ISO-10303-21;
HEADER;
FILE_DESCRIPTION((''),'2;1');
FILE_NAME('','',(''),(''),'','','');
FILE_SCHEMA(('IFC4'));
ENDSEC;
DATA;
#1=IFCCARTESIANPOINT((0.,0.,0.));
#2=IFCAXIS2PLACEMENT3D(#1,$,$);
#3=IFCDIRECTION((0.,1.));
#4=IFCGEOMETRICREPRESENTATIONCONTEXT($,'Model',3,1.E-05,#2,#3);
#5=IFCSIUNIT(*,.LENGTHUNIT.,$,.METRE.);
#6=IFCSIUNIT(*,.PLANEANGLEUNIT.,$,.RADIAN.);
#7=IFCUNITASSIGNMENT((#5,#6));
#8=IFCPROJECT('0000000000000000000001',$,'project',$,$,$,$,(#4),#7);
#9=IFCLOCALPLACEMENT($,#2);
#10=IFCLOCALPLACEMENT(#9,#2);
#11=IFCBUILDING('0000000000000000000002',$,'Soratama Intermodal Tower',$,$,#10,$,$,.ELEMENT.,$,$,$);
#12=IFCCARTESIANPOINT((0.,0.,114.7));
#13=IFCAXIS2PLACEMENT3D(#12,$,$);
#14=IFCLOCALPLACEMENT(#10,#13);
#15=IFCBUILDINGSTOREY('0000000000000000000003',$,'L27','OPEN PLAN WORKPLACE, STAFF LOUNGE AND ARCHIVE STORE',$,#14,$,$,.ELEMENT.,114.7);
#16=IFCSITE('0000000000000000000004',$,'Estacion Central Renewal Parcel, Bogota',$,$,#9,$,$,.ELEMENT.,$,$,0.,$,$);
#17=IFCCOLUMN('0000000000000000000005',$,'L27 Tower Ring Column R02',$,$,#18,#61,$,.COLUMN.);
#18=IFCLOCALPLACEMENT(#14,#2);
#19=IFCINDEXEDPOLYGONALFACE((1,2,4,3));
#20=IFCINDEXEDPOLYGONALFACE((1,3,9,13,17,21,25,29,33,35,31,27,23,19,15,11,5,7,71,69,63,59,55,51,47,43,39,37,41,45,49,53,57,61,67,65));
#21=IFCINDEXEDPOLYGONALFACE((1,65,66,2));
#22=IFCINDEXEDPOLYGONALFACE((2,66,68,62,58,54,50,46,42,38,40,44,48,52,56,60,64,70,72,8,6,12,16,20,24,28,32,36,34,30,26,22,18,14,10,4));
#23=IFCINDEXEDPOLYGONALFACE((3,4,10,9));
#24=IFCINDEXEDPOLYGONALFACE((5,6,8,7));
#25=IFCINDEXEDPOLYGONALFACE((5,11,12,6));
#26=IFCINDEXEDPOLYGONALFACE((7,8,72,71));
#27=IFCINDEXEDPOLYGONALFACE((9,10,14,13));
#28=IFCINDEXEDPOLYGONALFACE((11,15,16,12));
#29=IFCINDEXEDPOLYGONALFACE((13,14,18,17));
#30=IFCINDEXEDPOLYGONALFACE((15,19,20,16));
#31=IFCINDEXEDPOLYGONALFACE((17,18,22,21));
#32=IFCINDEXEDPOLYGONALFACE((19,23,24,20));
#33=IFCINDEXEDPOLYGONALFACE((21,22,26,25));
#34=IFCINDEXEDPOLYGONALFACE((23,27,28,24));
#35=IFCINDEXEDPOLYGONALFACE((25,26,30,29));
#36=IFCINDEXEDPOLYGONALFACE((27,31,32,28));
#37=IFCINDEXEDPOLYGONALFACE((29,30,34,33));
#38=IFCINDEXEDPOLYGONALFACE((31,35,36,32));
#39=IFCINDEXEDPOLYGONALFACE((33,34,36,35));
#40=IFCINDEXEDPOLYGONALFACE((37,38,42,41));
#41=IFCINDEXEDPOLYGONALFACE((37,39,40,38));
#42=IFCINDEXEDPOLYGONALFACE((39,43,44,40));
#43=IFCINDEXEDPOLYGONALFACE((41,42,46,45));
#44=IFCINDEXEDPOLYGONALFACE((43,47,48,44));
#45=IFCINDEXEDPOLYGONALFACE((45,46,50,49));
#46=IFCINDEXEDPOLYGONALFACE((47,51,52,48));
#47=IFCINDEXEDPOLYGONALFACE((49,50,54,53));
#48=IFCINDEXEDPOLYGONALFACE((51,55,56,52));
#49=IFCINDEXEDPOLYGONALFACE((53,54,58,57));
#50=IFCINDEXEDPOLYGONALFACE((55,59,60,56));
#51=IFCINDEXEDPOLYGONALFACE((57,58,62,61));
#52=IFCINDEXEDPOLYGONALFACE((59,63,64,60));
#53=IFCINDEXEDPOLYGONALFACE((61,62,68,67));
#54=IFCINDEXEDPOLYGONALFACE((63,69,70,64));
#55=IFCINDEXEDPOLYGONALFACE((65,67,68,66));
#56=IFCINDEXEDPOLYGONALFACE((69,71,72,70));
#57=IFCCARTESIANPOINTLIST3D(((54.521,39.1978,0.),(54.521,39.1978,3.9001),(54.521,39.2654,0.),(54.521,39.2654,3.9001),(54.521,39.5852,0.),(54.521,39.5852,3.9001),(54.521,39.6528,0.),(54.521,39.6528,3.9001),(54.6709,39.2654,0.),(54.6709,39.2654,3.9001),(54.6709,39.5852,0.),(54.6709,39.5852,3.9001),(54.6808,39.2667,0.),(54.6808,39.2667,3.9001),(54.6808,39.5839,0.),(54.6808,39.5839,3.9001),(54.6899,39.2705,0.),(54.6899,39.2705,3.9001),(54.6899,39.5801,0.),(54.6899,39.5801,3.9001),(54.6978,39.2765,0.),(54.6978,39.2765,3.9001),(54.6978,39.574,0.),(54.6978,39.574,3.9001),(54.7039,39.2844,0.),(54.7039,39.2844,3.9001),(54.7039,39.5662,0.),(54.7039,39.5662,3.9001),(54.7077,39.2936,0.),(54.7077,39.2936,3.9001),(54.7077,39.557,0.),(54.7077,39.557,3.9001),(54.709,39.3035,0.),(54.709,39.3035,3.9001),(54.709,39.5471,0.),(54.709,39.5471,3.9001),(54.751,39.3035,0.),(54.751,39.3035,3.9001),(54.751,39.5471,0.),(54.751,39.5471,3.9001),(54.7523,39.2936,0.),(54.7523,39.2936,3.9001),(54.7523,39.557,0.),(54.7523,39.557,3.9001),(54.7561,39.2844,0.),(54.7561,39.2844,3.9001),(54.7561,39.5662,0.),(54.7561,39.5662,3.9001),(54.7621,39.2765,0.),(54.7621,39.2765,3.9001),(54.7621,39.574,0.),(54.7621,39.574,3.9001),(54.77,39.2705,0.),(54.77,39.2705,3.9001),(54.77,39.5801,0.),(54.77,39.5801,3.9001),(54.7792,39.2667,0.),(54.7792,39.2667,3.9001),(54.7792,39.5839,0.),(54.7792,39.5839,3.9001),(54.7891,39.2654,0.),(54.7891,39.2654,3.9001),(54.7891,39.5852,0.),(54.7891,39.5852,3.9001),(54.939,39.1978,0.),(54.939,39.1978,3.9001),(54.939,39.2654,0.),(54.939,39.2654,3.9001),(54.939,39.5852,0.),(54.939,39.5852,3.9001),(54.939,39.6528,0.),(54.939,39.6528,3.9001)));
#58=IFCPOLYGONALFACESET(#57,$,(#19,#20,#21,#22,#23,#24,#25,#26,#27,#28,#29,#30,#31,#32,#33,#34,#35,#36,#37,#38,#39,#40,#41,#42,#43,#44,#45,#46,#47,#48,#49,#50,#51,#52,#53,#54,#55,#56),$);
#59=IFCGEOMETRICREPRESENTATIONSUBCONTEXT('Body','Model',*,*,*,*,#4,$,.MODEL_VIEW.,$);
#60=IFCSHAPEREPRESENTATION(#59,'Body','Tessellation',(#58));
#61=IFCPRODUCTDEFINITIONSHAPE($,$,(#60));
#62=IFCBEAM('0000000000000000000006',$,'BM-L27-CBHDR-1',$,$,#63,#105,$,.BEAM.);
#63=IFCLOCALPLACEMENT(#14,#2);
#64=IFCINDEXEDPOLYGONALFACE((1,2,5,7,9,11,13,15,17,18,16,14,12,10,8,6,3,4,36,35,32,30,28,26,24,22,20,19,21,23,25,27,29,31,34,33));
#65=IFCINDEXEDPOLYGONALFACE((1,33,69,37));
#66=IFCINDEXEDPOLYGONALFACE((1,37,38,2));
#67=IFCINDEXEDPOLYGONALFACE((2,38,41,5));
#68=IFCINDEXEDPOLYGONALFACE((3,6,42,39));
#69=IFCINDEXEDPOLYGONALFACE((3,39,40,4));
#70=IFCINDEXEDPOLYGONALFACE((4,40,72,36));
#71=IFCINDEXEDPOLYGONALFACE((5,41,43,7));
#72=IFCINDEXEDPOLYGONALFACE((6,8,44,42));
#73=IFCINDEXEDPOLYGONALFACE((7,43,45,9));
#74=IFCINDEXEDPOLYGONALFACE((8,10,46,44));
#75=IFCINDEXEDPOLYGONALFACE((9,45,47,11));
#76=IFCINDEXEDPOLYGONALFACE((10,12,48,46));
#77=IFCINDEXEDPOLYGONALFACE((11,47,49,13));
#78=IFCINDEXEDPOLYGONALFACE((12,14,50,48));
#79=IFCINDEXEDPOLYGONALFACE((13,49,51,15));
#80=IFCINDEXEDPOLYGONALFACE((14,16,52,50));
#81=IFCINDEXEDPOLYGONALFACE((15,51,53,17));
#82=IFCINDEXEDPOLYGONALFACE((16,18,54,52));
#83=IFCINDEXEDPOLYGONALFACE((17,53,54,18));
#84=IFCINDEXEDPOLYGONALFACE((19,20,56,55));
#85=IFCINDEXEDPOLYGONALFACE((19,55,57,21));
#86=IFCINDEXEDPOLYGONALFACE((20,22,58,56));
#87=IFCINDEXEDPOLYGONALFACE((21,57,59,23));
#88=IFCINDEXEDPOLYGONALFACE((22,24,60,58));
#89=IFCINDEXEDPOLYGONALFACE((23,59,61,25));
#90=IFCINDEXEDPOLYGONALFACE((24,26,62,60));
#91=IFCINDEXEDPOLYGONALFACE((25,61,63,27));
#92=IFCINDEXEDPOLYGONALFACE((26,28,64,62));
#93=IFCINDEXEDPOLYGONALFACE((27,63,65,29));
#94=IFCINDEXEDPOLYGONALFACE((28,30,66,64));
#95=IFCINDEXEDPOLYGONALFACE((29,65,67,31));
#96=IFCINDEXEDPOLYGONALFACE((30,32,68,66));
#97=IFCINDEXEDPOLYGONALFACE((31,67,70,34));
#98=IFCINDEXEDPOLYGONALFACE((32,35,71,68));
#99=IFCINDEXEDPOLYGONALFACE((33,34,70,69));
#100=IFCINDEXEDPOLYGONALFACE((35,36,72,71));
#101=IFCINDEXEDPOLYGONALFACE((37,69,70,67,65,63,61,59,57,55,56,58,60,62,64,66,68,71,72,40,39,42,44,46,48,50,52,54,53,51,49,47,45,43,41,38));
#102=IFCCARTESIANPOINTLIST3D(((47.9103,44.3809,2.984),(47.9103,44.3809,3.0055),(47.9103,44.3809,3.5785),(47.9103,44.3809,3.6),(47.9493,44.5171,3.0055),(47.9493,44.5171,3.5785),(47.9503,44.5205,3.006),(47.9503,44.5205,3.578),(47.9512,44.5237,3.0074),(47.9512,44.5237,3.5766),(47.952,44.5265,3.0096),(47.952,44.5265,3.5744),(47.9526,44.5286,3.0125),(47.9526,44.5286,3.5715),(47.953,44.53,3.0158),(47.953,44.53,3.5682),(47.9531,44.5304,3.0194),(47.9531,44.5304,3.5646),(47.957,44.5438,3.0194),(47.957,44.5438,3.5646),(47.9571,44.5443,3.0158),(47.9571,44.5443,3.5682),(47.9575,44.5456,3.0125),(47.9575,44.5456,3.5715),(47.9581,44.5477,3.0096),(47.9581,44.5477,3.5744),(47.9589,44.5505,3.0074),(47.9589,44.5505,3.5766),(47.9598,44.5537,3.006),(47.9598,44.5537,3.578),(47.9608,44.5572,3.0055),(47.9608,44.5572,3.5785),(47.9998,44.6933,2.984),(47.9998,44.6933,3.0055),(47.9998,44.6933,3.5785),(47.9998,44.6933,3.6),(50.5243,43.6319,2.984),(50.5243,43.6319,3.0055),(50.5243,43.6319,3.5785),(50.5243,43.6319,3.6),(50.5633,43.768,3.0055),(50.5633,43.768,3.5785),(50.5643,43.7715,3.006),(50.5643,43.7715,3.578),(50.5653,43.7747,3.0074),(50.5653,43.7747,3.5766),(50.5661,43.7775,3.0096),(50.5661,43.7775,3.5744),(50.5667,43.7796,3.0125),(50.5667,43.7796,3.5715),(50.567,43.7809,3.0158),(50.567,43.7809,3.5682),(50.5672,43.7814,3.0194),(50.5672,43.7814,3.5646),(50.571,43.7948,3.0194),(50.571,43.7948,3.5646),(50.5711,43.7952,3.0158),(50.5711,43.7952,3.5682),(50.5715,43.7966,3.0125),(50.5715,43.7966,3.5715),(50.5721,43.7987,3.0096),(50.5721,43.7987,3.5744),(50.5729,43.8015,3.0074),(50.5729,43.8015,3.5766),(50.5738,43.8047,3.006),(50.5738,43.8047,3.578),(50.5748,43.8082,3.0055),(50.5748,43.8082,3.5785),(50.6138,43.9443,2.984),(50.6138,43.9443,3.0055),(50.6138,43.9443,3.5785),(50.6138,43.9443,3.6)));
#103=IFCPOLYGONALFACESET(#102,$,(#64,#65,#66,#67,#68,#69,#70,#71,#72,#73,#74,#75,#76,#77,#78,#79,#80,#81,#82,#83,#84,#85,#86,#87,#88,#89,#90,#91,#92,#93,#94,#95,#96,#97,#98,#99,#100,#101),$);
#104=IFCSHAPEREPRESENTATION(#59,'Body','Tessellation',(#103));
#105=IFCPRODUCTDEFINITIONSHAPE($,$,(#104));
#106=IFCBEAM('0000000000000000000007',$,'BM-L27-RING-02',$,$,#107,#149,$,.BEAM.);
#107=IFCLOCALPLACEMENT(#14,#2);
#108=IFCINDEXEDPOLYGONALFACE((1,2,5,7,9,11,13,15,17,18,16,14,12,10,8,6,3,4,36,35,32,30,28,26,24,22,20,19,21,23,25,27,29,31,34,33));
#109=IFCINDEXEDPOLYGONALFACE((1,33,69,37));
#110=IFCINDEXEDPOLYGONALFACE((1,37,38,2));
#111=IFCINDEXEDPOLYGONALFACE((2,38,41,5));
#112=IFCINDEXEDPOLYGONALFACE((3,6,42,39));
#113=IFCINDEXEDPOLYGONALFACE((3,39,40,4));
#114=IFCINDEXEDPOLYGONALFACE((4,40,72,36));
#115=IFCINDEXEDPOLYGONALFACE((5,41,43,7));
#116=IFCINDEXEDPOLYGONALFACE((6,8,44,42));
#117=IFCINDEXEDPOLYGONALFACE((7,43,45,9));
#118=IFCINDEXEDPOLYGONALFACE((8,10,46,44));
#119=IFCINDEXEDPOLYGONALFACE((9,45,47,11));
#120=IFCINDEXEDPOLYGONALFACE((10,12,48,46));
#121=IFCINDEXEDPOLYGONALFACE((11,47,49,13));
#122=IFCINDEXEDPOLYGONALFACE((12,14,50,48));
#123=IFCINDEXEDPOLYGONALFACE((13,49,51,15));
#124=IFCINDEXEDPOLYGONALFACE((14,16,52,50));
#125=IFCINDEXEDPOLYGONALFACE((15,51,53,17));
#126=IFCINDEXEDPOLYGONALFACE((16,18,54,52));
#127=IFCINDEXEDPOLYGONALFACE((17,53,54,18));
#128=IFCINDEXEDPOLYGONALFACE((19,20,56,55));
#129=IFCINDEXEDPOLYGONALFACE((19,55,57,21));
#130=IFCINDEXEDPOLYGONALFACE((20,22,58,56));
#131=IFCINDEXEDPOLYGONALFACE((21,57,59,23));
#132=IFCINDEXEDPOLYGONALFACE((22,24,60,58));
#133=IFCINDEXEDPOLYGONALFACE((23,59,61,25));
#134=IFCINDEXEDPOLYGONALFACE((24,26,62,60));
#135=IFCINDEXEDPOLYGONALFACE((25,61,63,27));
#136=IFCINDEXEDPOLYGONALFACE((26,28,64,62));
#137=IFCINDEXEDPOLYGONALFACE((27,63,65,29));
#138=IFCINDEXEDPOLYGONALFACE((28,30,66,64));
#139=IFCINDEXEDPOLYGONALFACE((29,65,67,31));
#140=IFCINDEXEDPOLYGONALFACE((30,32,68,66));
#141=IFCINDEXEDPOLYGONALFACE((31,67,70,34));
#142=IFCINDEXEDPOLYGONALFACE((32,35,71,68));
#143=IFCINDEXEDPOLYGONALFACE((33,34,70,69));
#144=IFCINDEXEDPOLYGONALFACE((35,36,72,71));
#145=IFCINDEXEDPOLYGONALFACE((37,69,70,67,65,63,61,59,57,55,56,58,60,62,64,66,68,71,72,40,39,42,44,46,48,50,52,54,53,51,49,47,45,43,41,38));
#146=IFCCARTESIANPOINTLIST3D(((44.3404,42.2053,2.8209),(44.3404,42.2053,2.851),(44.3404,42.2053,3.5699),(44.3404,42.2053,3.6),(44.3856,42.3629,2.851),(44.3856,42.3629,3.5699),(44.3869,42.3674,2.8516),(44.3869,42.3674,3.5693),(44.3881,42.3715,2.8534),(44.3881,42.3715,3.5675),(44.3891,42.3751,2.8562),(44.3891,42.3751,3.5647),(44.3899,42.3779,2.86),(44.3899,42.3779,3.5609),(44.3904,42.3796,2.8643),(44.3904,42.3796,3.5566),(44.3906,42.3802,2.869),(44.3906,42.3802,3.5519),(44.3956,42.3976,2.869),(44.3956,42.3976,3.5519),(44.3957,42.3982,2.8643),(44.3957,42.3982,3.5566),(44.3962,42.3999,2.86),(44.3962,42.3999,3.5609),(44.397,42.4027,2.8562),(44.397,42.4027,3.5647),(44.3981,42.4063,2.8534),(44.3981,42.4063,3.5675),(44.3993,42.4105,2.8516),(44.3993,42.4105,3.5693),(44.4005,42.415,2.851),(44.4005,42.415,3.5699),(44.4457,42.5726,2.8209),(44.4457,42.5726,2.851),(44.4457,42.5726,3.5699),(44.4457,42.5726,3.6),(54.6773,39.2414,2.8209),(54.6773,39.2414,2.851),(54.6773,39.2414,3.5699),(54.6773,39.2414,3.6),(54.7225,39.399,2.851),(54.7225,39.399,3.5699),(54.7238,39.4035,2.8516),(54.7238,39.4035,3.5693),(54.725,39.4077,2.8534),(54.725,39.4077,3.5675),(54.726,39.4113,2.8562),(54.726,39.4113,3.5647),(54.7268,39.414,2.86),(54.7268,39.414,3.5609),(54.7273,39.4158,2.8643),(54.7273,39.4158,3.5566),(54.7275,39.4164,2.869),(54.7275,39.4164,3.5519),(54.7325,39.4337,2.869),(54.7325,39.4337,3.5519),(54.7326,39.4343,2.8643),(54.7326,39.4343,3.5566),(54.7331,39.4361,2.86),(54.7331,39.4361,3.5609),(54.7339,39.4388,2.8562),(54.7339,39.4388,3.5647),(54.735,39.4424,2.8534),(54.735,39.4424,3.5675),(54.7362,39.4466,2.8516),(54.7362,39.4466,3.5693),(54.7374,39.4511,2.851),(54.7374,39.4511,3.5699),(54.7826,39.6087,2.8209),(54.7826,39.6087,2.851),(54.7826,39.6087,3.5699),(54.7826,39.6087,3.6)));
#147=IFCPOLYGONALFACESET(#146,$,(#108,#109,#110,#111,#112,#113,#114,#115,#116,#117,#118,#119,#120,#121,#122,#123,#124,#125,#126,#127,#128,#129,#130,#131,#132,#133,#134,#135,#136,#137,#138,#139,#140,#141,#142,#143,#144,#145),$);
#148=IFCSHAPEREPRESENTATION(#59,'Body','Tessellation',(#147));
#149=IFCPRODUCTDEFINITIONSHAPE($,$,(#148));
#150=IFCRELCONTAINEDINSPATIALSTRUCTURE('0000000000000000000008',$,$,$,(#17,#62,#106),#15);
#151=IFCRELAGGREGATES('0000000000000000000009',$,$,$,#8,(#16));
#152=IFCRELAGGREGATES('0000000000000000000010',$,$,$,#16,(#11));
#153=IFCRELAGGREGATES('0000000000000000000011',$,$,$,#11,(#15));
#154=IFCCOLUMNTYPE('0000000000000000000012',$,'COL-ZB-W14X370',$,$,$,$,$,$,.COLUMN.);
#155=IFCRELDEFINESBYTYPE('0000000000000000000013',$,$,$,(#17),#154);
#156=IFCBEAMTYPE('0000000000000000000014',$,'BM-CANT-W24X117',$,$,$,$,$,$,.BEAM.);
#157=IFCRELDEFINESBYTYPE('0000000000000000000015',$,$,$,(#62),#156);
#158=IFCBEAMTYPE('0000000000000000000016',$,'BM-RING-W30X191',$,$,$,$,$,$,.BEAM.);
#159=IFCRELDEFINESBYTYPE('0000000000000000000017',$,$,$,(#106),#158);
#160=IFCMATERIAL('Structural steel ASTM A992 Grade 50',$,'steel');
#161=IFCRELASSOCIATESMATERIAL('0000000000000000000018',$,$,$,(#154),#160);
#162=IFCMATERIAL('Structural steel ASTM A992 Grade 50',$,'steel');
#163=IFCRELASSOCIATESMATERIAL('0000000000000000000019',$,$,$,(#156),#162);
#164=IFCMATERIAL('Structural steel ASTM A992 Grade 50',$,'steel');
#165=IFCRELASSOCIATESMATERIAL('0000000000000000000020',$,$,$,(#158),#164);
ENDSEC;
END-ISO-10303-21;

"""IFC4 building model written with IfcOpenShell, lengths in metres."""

from ifc_helpers import new_model, si_unit, direction, frame, origin, origin_2d, place, context, subcontext, project, spatial, i_section, extrude, material, material_profile, profile_set, type_object, element, save


model = new_model("IFC4")

# Units and contexts
model_context = context("Model", 3, precision=1e-05, world=origin(), true_north=direction((0.0, 1.0)))
body_context = subcontext(model_context, "Body", "Model", "MODEL_VIEW")
ifc_project = project(units=[si_unit("LENGTHUNIT", "METRE"), si_unit("PLANEANGLEUNIT", "RADIAN")], contexts=[model_context])

# Site, building, storey
site_placement = place(None, origin())
site = spatial("IfcSite", under=ifc_project, at=site_placement, Name="Estacion Central Renewal Parcel, Bogota", CompositionType="ELEMENT", RefElevation=0.0)
building_placement = place(site_placement, origin())
building = spatial("IfcBuilding", under=site, at=building_placement, Name="Soratama Intermodal Tower", CompositionType="ELEMENT")
storey_placement = place(building_placement, frame((0.0, 0.0, 114.7)))
storey = spatial("IfcBuildingStorey", under=building, at=storey_placement, Name="L27", Description="OPEN PLAN WORKPLACE, STAFF LOUNGE AND ARCHIVE STORE", CompositionType="ELEMENT", Elevation=114.7)

# Column
ifc_material_1 = material(Name="Structural steel ASTM A992 Grade 50", Category="steel")
ifc_material_profile_1 = material_profile(ifc_material_1, i_section(OverallWidth=0.418, OverallDepth=0.4551, WebThickness=0.042, FlangeThickness=0.0676, FilletRadius=0.0381, at=origin_2d()), Name="W14X370")
ifc_profile_set_1 = profile_set([ifc_material_profile_1], Name="Structural steel ASTM A992 Grade 50")
column_type = type_object("IfcColumnType", Name="COL-ZB-W14X370", PredefinedType="COLUMN", material=ifc_profile_set_1)
column_placement = place(storey_placement, frame((54.73, 39.4253, 0.0), z_axis=(0.0, 0.0, 1.0), x_axis=(1.0, 0.0, 0.0)))
element("IfcColumn", 1, at=column_placement, inside=storey, type_object=column_type, Name="L27 Tower Ring Column R02", PredefinedType="COLUMN", context=body_context, shape_type="SweptSolid", body=[
    extrude(i_section(OverallWidth=0.418, OverallDepth=0.4551, WebThickness=0.042, FlangeThickness=0.0676, FilletRadius=0.0381, at=origin_2d()), origin(), (0.0, 0.0, 1.0), 3.9001),
])

# Beams
ifc_material_2 = material(Name="Structural steel ASTM A992 Grade 50", Category="steel")
ifc_material_profile_2 = material_profile(ifc_material_2, i_section(OverallWidth=0.325, OverallDepth=0.616, WebThickness=0.0139, FlangeThickness=0.0215, FilletRadius=0.0139, at=origin_2d()), Name="W24X117")
ifc_profile_set_2 = profile_set([ifc_material_profile_2], Name="Structural steel ASTM A992 Grade 50")
beam_type_1 = type_object("IfcBeamType", Name="BM-CANT-W24X117", PredefinedType="BEAM", material=ifc_profile_set_2)
beam_1_placement = place(storey_placement, frame((50.5691, 43.7881, 3.292), z_axis=(-0.961314, 0.275456, 0.0), x_axis=(-0.275456, -0.961314, 0.0)))
element("IfcBeam", 2, at=beam_1_placement, inside=storey, type_object=beam_type_1, Name="BM-L27-CBHDR-1", PredefinedType="BEAM", context=body_context, shape_type="SweptSolid", body=[
    extrude(i_section(OverallWidth=0.325, OverallDepth=0.616, WebThickness=0.0139, FlangeThickness=0.0215, FilletRadius=0.0139, at=origin_2d()), origin(), (0.0, 0.0, 1.0), 2.7192),
])
ifc_material_3 = material(Name="Structural steel ASTM A992 Grade 50", Category="steel")
ifc_material_profile_3 = material_profile(ifc_material_3, i_section(OverallWidth=0.3821, OverallDepth=0.7791, WebThickness=0.0181, FlangeThickness=0.03, FilletRadius=0.0181, at=origin_2d()), Name="W30X191")
ifc_profile_set_3 = profile_set([ifc_material_profile_3], Name="Structural steel ASTM A992 Grade 50")
beam_type_2 = type_object("IfcBeamType", Name="BM-RING-W30X191", PredefinedType="BEAM", material=ifc_profile_set_3)
beam_2_placement = place(storey_placement, frame((54.73, 39.425, 3.2104), z_axis=(-0.961267, 0.275621, 0.0), x_axis=(-0.275621, -0.961267, 0.0)))
element("IfcBeam", 3, at=beam_2_placement, inside=storey, type_object=beam_type_2, Name="BM-L27-RING-02", PredefinedType="BEAM", context=body_context, shape_type="SweptSolid", body=[
    extrude(i_section(OverallWidth=0.3821, OverallDepth=0.7791, WebThickness=0.0181, FlangeThickness=0.03, FilletRadius=0.0181, at=origin_2d()), origin(), (0.0, 0.0, 1.0), 10.7534),
])

save(model, "model.ifc")
